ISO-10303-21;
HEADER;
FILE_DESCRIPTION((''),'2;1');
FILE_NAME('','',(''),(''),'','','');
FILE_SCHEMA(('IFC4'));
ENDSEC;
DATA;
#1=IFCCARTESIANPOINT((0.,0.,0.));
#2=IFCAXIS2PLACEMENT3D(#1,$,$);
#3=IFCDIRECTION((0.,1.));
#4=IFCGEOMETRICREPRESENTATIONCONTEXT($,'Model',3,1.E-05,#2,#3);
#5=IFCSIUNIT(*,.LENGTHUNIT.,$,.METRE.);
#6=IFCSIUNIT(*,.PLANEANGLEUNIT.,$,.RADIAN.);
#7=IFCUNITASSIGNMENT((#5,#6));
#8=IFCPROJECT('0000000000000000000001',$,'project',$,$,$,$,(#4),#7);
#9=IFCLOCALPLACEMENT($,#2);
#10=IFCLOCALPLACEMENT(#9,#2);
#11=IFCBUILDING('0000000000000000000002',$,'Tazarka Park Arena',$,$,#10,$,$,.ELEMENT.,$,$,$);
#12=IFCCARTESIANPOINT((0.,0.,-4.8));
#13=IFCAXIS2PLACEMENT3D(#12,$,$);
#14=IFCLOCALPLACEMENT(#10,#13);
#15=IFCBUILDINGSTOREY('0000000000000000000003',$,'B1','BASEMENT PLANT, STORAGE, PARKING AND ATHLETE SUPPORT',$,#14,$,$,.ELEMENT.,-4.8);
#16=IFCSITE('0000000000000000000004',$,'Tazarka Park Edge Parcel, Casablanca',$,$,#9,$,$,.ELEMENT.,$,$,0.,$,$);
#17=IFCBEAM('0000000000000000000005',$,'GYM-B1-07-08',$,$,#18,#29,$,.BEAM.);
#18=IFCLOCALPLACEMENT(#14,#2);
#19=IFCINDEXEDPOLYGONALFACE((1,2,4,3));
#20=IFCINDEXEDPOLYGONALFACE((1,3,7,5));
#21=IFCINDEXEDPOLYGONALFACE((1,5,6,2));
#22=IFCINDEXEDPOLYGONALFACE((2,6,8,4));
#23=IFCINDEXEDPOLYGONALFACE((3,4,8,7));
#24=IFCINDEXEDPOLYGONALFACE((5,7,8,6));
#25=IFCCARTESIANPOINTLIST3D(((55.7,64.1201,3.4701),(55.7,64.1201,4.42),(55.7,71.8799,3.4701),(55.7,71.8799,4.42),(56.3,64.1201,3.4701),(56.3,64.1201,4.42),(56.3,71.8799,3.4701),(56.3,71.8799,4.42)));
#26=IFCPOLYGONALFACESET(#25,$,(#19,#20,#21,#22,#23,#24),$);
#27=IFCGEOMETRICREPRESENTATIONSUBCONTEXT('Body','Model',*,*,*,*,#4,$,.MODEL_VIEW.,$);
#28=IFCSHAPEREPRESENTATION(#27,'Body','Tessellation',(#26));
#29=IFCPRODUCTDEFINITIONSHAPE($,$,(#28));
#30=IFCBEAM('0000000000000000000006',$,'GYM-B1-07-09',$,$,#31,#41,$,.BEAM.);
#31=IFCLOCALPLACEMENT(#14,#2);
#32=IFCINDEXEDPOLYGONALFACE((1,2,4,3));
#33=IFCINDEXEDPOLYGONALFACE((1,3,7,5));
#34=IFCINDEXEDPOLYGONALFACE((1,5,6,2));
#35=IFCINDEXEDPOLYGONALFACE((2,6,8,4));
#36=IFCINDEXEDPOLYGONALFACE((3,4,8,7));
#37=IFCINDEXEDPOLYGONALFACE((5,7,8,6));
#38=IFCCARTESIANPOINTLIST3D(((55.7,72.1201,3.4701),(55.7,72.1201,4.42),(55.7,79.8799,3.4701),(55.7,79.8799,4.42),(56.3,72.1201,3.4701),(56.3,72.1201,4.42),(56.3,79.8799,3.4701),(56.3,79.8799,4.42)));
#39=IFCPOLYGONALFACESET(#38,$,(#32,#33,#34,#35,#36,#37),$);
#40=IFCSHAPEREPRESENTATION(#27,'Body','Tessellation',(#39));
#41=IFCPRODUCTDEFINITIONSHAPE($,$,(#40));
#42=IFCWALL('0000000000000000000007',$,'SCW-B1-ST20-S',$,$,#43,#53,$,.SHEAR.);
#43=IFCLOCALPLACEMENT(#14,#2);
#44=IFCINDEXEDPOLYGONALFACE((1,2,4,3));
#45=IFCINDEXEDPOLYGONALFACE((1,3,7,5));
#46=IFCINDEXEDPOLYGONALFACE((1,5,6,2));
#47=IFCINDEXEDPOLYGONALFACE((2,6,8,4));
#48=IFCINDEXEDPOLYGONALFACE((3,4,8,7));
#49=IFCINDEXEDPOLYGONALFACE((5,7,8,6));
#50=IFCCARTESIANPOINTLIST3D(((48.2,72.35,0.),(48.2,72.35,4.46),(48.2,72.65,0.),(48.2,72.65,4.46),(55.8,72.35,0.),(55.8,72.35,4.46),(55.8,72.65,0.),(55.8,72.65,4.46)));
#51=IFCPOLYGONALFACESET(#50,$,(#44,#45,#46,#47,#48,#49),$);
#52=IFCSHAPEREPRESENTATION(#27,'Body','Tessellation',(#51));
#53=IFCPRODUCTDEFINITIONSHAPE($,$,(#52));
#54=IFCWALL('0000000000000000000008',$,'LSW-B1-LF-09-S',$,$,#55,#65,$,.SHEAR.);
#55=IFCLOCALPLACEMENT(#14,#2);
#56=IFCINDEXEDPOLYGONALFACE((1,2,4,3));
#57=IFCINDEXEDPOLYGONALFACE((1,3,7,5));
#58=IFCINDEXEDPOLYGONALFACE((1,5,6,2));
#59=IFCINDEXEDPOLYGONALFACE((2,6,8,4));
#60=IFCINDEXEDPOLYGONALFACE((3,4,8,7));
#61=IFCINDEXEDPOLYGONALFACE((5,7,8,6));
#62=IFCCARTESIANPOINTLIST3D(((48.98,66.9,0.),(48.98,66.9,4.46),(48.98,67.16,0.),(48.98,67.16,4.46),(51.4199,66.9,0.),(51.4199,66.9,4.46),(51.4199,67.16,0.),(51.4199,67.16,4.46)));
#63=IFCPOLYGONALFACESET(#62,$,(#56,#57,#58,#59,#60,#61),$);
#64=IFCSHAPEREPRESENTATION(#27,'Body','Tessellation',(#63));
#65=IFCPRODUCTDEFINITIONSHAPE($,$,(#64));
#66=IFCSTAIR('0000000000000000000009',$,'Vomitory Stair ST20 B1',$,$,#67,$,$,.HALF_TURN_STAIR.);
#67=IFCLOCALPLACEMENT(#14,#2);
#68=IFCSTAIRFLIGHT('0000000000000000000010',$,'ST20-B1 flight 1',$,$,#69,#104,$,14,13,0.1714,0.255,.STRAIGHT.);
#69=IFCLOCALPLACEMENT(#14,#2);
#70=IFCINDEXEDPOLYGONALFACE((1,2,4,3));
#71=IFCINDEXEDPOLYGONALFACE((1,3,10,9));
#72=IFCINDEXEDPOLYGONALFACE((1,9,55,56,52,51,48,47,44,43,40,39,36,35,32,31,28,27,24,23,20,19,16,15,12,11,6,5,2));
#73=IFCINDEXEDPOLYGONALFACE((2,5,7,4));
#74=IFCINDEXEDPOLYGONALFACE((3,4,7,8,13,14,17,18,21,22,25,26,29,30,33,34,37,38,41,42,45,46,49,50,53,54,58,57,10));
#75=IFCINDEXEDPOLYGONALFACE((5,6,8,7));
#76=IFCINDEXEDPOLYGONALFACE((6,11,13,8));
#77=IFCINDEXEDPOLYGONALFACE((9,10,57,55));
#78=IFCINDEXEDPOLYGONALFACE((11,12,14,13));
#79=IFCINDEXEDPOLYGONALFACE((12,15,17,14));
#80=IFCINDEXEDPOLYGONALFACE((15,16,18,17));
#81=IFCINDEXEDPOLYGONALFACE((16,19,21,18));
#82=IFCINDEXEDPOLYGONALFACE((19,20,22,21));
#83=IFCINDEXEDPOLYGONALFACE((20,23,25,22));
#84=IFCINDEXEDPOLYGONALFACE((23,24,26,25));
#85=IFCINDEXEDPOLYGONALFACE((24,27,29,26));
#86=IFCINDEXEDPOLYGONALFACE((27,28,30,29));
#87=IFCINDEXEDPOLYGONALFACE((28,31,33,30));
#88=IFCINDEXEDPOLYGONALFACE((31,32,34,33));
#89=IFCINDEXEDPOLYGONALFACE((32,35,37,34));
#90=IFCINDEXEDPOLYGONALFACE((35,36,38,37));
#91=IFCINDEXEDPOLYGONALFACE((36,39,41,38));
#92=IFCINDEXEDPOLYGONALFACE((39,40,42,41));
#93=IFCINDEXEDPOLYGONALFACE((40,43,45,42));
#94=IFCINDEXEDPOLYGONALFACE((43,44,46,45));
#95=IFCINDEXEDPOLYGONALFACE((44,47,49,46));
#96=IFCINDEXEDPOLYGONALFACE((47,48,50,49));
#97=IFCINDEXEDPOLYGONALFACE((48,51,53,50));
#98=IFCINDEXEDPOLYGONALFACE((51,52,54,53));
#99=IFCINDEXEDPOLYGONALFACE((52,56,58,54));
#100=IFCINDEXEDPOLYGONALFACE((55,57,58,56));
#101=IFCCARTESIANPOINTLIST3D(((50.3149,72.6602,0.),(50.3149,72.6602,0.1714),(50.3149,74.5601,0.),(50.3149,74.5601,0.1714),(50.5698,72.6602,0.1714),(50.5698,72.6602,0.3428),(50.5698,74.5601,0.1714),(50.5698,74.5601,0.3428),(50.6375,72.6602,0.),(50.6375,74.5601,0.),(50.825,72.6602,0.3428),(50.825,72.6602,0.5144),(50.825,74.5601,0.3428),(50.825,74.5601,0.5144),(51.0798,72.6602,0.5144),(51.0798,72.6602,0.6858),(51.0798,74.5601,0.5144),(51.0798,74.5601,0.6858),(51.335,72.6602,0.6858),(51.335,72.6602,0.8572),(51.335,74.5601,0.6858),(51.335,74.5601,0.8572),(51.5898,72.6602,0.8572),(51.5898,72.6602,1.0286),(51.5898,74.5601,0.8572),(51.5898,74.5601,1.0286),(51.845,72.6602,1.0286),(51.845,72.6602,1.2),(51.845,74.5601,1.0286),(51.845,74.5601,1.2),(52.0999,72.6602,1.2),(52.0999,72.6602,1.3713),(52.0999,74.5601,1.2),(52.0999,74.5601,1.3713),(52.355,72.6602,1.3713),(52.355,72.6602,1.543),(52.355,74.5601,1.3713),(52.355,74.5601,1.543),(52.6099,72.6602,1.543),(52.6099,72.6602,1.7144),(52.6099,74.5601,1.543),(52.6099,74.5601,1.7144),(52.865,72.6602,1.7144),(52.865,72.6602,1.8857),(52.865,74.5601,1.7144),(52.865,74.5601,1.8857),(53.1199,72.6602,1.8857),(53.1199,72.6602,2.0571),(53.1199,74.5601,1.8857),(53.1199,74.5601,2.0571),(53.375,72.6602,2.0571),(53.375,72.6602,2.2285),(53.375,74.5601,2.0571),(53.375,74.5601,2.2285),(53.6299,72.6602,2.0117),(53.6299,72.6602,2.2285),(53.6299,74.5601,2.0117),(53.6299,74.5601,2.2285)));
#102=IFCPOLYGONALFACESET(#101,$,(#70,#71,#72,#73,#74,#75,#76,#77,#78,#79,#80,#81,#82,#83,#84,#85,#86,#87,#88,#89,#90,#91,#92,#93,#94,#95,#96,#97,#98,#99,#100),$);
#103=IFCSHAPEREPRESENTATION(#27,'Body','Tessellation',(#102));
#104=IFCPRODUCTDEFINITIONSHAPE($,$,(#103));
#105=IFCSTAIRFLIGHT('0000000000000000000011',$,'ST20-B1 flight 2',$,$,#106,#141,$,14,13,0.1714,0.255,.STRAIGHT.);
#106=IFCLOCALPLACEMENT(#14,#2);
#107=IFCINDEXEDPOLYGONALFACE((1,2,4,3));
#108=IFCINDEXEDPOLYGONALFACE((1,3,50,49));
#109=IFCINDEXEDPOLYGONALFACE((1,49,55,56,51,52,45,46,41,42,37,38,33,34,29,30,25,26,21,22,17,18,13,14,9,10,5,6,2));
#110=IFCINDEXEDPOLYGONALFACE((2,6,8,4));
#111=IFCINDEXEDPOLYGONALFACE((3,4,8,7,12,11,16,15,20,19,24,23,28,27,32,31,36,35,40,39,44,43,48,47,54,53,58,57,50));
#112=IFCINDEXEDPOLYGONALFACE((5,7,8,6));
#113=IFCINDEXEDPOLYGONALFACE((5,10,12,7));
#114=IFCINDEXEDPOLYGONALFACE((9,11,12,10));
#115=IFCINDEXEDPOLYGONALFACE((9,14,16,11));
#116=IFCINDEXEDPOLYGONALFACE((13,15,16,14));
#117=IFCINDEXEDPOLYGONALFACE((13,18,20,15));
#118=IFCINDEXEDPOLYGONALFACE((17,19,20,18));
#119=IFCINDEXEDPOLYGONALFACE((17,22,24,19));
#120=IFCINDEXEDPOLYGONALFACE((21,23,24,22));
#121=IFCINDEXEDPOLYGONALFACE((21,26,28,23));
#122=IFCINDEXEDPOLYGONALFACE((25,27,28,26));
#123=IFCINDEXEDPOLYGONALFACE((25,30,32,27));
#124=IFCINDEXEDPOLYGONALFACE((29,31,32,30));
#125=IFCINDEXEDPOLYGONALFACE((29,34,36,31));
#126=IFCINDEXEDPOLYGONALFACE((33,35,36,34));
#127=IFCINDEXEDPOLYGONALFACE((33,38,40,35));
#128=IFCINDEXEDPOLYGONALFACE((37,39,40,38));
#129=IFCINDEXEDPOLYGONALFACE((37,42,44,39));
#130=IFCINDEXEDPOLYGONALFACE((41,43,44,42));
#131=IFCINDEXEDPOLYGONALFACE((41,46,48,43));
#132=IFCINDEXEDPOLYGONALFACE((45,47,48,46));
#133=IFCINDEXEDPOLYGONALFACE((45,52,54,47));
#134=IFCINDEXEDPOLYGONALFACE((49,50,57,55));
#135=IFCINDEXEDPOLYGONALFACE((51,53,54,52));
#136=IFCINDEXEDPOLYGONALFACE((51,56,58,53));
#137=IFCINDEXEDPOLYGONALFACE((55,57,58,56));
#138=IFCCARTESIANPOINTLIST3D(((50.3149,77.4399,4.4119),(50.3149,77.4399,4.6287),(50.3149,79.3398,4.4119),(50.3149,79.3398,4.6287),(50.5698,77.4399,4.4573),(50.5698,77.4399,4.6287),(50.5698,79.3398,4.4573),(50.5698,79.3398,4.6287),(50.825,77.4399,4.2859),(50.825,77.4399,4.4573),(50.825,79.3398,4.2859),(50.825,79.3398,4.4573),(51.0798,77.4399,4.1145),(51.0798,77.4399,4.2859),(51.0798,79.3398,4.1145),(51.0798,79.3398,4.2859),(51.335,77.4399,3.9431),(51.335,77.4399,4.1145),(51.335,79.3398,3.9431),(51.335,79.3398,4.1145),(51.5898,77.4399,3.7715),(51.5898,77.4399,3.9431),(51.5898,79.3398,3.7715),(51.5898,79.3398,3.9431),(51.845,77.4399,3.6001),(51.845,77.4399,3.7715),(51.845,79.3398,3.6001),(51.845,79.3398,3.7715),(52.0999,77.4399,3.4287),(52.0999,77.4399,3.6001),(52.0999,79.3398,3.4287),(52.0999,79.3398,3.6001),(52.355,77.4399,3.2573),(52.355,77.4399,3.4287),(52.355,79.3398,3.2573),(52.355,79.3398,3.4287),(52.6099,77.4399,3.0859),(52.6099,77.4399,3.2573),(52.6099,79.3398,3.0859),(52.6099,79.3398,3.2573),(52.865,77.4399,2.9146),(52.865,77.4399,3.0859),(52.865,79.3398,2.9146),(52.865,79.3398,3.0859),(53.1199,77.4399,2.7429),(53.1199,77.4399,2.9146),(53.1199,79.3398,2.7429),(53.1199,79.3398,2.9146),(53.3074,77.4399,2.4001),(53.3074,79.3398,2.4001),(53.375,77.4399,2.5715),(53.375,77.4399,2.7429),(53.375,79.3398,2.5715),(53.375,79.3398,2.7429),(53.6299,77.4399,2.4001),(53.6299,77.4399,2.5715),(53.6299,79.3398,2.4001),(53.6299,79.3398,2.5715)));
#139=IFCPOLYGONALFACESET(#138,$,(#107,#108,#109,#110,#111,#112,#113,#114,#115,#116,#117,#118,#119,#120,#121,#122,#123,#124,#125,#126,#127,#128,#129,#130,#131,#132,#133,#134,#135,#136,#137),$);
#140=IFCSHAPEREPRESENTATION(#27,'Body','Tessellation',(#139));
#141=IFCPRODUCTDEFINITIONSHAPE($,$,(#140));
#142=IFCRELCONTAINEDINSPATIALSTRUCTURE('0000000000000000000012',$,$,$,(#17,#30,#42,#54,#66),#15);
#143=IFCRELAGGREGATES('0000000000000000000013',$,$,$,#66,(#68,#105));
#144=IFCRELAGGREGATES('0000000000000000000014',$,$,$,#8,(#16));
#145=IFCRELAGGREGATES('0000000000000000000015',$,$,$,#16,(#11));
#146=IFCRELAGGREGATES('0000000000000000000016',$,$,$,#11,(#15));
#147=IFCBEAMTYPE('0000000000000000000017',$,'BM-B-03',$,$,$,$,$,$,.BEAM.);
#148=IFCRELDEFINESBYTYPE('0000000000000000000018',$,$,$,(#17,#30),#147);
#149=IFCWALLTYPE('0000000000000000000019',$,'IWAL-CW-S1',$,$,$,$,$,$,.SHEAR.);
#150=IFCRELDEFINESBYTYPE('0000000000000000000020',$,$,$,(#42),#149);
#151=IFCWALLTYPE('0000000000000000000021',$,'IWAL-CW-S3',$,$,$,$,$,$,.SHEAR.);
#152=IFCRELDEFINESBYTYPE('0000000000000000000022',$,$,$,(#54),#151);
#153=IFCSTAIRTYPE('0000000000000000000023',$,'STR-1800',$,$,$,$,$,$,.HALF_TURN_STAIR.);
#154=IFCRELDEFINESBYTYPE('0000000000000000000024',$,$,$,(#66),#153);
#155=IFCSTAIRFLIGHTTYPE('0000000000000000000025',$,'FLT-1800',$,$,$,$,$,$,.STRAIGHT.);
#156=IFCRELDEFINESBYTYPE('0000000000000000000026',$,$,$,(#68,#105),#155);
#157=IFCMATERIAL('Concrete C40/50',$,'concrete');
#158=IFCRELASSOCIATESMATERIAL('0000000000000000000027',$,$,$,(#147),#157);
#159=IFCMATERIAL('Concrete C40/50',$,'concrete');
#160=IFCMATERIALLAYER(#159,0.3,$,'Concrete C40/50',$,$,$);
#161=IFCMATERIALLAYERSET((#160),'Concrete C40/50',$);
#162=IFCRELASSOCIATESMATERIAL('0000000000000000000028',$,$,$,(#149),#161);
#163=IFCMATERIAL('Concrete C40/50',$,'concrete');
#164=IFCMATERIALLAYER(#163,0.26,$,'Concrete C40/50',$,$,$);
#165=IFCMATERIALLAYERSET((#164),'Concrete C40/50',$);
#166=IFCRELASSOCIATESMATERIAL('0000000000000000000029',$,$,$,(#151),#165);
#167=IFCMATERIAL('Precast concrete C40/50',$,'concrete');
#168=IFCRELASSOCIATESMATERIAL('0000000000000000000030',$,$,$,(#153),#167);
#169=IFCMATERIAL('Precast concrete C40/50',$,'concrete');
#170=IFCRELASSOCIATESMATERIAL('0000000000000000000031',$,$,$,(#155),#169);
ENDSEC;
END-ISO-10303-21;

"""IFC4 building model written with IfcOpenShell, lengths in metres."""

from ifc_helpers import new_model, si_unit, direction, frame, frame_2d, origin, origin_2d, place, context, subcontext, project, spatial, polyline, rectangle, outline, extrude, material, layer, layer_set, material_profile, profile_set, type_object, element, aggregate, save


model = new_model("IFC4")

# Units and contexts
model_context = context("Model", 3, precision=1e-05, world=origin(), true_north=direction((0.0, 1.0)))
body_context = subcontext(model_context, "Body", "Model", "MODEL_VIEW")
ifc_project = project(units=[si_unit("LENGTHUNIT", "METRE"), si_unit("PLANEANGLEUNIT", "RADIAN")], contexts=[model_context])

# Site, building, storey
site_placement = place(None, origin())
site = spatial("IfcSite", under=ifc_project, at=site_placement, Name="Tazarka Park Edge Parcel, Casablanca", CompositionType="ELEMENT", RefElevation=0.0)
building_placement = place(site_placement, origin())
building = spatial("IfcBuilding", under=site, at=building_placement, Name="Tazarka Park Arena", CompositionType="ELEMENT")
storey_placement = place(building_placement, frame((0.0, 0.0, -4.8)))
storey = spatial("IfcBuildingStorey", under=building, at=storey_placement, Name="B1", Description="BASEMENT PLANT, STORAGE, PARKING AND ATHLETE SUPPORT", CompositionType="ELEMENT", Elevation=-4.8)

# Beams
ifc_material_1 = material(Name="Concrete C40/50", Category="concrete")
ifc_material_profile_1 = material_profile(ifc_material_1, rectangle(XDim=0.6001, YDim=0.95, at=origin_2d()), Name="Concrete C40/50")
ifc_profile_set_1 = profile_set([ifc_material_profile_1], Name="Concrete C40/50")
beam_type = type_object("IfcBeamType", Name="BM-B-03", PredefinedType="BEAM", material=ifc_profile_set_1)
for number, where, z_axis, x_axis, name in (
    (1, (56.0, 64.1201, 3.9451), (0.0, 1.0, 0.0), (-1.0, 0.0, 0.0), "GYM-B1-07-08"),
    (2, (56.0, 72.1201, 3.9451), (0.0, 1.0, 0.0), (-1.0, 0.0, 0.0), "GYM-B1-07-09"),
):
    element("IfcBeam", number, at=place(storey_placement, frame(where, z_axis=z_axis, x_axis=x_axis)), inside=storey, type_object=beam_type, Name=name, PredefinedType="BEAM", context=body_context, shape_type="SweptSolid", body=[
        extrude(rectangle(XDim=0.6001, YDim=0.95, at=origin_2d()), origin(), (0.0, 0.0, 1.0), 7.7598),
    ])

# Walls
ifc_material_2 = material(Name="Concrete C40/50", Category="concrete")
ifc_layer_1 = layer(ifc_material_2, 0.3, Name="Concrete C40/50")
ifc_layer_set_1 = layer_set([ifc_layer_1], Name="Concrete C40/50")
wall_type_1 = type_object("IfcWallType", Name="IWAL-CW-S1", PredefinedType="SHEAR", material=ifc_layer_set_1)
wall_1_placement = place(storey_placement, frame((55.8, 72.5, 0.0), z_axis=(0.0, 0.0, 1.0), x_axis=(-1.0, 0.0, 0.0)))
element("IfcWall", 3, at=wall_1_placement, inside=storey, type_object=wall_type_1, Name="SCW-B1-ST20-S", PredefinedType="SHEAR", context=body_context, shape_type="SweptSolid", body=[
    extrude(rectangle(XDim=7.6001, YDim=0.3, at=frame_2d((3.8, 0.0))), origin(), (0.0, 0.0, 1.0), 4.46),
])
ifc_material_3 = material(Name="Concrete C40/50", Category="concrete")
ifc_layer_2 = layer(ifc_material_3, 0.26, Name="Concrete C40/50")
ifc_layer_set_2 = layer_set([ifc_layer_2], Name="Concrete C40/50")
wall_type_2 = type_object("IfcWallType", Name="IWAL-CW-S3", PredefinedType="SHEAR", material=ifc_layer_set_2)
wall_2_placement = place(storey_placement, frame((51.4199, 67.03, 0.0), z_axis=(0.0, 0.0, 1.0), x_axis=(-1.0, 0.0, 0.0)))
element("IfcWall", 4, at=wall_2_placement, inside=storey, type_object=wall_type_2, Name="LSW-B1-LF-09-S", PredefinedType="SHEAR", context=body_context, shape_type="SweptSolid", body=[
    extrude(rectangle(XDim=2.4399, YDim=0.26, at=frame_2d((1.22, 0.0))), origin(), (0.0, 0.0, 1.0), 4.46),
])

# Stair, stair flights
ifc_material_4 = material(Name="Precast concrete C40/50", Category="concrete")
stair_type = type_object("IfcStairType", Name="STR-1800", PredefinedType="HALF_TURN_STAIR", material=ifc_material_4)
stair_placement = place(storey_placement, origin())
stair = element("IfcStair", 5, at=stair_placement, inside=storey, type_object=stair_type, Name="Vomitory Stair ST20 B1", PredefinedType="HALF_TURN_STAIR")
ifc_material_5 = material(Name="Precast concrete C40/50", Category="concrete")
stair_flight_type = type_object("IfcStairFlightType", Name="FLT-1800", PredefinedType="STRAIGHT", material=ifc_material_5)
stair_flight_1_placement = place(storey_placement, frame((50.3149, 73.6101, 0.0), z_axis=(0.0, 0.0, 1.0), x_axis=(1.0, 0.0, 0.0)))
stair_flight_1 = element("IfcStairFlight", 6, at=stair_flight_1_placement, type_object=stair_flight_type, Name="ST20-B1 flight 1", NumberOfRisers=14, NumberOfTreads=13, PredefinedType="STRAIGHT", RiserHeight=0.1714, TreadLength=0.255, context=body_context, shape_type="SweptSolid", body=[
    extrude(outline(polyline([(0.0, 0.0), (0.0, 0.1714), (0.2549, 0.1714), (0.2549, 0.3428), (0.51, 0.3428), (0.51, 0.5144), (0.7649, 0.5144), (0.7649, 0.6858), (1.02, 0.6858), (1.02, 0.8572), (1.2749, 0.8572), (1.2749, 1.0286), (1.53, 1.0286), (1.53, 1.2), (1.7849, 1.2), (1.7849, 1.3713), (2.04, 1.3713), (2.04, 1.543), (2.2949, 1.543), (2.2949, 1.7144), (2.55, 1.7144), (2.55, 1.8857), (2.8049, 1.8857), (2.8049, 2.0571), (3.0601, 2.0571), (3.0601, 2.2285), (3.3149, 2.2285), (3.3149, 2.3999), (3.3149, 2.0117), (0.3225, 0.0), (0.0, 0.0)])), frame((0.0, 0.95, 0.0), z_axis=(0.0, -1.0, 0.0), x_axis=(1.0, 0.0, 0.0)), (0.0, 0.0, 1.0), 1.8999),
])
stair_flight_2_placement = place(storey_placement, frame((53.6299, 78.3899, 2.4001), z_axis=(0.0, 0.0, 1.0), x_axis=(-1.0, 0.0, 0.0)))
stair_flight_2 = element("IfcStairFlight", 7, at=stair_flight_2_placement, type_object=stair_flight_type, Name="ST20-B1 flight 2", NumberOfRisers=14, NumberOfTreads=13, PredefinedType="STRAIGHT", RiserHeight=0.1714, TreadLength=0.255, context=body_context, shape_type="SweptSolid", body=[
    extrude(outline(polyline([(0.0, 0.0), (0.0, 0.1714), (0.2549, 0.1714), (0.2549, 0.3428), (0.51, 0.3428), (0.51, 0.5144), (0.7649, 0.5144), (0.7649, 0.6858), (1.02, 0.6858), (1.02, 0.8572), (1.2749, 0.8572), (1.2749, 1.0286), (1.53, 1.0286), (1.53, 1.2), (1.7849, 1.2), (1.7849, 1.3713), (2.04, 1.3713), (2.04, 1.543), (2.2949, 1.543), (2.2949, 1.7144), (2.55, 1.7144), (2.55, 1.8857), (2.8049, 1.8857), (2.8049, 2.0571), (3.0601, 2.0571), (3.0601, 2.2285), (3.3149, 2.2285), (3.3149, 2.3999), (3.3149, 2.0117), (0.3225, 0.0), (0.0, 0.0)])), frame((0.0, 0.95, 0.0), z_axis=(0.0, -1.0, 0.0), x_axis=(1.0, 0.0, 0.0)), (0.0, 0.0, 1.0), 1.8999),
])
aggregate(stair, [stair_flight_1, stair_flight_2])

save(model, "model.ifc")
